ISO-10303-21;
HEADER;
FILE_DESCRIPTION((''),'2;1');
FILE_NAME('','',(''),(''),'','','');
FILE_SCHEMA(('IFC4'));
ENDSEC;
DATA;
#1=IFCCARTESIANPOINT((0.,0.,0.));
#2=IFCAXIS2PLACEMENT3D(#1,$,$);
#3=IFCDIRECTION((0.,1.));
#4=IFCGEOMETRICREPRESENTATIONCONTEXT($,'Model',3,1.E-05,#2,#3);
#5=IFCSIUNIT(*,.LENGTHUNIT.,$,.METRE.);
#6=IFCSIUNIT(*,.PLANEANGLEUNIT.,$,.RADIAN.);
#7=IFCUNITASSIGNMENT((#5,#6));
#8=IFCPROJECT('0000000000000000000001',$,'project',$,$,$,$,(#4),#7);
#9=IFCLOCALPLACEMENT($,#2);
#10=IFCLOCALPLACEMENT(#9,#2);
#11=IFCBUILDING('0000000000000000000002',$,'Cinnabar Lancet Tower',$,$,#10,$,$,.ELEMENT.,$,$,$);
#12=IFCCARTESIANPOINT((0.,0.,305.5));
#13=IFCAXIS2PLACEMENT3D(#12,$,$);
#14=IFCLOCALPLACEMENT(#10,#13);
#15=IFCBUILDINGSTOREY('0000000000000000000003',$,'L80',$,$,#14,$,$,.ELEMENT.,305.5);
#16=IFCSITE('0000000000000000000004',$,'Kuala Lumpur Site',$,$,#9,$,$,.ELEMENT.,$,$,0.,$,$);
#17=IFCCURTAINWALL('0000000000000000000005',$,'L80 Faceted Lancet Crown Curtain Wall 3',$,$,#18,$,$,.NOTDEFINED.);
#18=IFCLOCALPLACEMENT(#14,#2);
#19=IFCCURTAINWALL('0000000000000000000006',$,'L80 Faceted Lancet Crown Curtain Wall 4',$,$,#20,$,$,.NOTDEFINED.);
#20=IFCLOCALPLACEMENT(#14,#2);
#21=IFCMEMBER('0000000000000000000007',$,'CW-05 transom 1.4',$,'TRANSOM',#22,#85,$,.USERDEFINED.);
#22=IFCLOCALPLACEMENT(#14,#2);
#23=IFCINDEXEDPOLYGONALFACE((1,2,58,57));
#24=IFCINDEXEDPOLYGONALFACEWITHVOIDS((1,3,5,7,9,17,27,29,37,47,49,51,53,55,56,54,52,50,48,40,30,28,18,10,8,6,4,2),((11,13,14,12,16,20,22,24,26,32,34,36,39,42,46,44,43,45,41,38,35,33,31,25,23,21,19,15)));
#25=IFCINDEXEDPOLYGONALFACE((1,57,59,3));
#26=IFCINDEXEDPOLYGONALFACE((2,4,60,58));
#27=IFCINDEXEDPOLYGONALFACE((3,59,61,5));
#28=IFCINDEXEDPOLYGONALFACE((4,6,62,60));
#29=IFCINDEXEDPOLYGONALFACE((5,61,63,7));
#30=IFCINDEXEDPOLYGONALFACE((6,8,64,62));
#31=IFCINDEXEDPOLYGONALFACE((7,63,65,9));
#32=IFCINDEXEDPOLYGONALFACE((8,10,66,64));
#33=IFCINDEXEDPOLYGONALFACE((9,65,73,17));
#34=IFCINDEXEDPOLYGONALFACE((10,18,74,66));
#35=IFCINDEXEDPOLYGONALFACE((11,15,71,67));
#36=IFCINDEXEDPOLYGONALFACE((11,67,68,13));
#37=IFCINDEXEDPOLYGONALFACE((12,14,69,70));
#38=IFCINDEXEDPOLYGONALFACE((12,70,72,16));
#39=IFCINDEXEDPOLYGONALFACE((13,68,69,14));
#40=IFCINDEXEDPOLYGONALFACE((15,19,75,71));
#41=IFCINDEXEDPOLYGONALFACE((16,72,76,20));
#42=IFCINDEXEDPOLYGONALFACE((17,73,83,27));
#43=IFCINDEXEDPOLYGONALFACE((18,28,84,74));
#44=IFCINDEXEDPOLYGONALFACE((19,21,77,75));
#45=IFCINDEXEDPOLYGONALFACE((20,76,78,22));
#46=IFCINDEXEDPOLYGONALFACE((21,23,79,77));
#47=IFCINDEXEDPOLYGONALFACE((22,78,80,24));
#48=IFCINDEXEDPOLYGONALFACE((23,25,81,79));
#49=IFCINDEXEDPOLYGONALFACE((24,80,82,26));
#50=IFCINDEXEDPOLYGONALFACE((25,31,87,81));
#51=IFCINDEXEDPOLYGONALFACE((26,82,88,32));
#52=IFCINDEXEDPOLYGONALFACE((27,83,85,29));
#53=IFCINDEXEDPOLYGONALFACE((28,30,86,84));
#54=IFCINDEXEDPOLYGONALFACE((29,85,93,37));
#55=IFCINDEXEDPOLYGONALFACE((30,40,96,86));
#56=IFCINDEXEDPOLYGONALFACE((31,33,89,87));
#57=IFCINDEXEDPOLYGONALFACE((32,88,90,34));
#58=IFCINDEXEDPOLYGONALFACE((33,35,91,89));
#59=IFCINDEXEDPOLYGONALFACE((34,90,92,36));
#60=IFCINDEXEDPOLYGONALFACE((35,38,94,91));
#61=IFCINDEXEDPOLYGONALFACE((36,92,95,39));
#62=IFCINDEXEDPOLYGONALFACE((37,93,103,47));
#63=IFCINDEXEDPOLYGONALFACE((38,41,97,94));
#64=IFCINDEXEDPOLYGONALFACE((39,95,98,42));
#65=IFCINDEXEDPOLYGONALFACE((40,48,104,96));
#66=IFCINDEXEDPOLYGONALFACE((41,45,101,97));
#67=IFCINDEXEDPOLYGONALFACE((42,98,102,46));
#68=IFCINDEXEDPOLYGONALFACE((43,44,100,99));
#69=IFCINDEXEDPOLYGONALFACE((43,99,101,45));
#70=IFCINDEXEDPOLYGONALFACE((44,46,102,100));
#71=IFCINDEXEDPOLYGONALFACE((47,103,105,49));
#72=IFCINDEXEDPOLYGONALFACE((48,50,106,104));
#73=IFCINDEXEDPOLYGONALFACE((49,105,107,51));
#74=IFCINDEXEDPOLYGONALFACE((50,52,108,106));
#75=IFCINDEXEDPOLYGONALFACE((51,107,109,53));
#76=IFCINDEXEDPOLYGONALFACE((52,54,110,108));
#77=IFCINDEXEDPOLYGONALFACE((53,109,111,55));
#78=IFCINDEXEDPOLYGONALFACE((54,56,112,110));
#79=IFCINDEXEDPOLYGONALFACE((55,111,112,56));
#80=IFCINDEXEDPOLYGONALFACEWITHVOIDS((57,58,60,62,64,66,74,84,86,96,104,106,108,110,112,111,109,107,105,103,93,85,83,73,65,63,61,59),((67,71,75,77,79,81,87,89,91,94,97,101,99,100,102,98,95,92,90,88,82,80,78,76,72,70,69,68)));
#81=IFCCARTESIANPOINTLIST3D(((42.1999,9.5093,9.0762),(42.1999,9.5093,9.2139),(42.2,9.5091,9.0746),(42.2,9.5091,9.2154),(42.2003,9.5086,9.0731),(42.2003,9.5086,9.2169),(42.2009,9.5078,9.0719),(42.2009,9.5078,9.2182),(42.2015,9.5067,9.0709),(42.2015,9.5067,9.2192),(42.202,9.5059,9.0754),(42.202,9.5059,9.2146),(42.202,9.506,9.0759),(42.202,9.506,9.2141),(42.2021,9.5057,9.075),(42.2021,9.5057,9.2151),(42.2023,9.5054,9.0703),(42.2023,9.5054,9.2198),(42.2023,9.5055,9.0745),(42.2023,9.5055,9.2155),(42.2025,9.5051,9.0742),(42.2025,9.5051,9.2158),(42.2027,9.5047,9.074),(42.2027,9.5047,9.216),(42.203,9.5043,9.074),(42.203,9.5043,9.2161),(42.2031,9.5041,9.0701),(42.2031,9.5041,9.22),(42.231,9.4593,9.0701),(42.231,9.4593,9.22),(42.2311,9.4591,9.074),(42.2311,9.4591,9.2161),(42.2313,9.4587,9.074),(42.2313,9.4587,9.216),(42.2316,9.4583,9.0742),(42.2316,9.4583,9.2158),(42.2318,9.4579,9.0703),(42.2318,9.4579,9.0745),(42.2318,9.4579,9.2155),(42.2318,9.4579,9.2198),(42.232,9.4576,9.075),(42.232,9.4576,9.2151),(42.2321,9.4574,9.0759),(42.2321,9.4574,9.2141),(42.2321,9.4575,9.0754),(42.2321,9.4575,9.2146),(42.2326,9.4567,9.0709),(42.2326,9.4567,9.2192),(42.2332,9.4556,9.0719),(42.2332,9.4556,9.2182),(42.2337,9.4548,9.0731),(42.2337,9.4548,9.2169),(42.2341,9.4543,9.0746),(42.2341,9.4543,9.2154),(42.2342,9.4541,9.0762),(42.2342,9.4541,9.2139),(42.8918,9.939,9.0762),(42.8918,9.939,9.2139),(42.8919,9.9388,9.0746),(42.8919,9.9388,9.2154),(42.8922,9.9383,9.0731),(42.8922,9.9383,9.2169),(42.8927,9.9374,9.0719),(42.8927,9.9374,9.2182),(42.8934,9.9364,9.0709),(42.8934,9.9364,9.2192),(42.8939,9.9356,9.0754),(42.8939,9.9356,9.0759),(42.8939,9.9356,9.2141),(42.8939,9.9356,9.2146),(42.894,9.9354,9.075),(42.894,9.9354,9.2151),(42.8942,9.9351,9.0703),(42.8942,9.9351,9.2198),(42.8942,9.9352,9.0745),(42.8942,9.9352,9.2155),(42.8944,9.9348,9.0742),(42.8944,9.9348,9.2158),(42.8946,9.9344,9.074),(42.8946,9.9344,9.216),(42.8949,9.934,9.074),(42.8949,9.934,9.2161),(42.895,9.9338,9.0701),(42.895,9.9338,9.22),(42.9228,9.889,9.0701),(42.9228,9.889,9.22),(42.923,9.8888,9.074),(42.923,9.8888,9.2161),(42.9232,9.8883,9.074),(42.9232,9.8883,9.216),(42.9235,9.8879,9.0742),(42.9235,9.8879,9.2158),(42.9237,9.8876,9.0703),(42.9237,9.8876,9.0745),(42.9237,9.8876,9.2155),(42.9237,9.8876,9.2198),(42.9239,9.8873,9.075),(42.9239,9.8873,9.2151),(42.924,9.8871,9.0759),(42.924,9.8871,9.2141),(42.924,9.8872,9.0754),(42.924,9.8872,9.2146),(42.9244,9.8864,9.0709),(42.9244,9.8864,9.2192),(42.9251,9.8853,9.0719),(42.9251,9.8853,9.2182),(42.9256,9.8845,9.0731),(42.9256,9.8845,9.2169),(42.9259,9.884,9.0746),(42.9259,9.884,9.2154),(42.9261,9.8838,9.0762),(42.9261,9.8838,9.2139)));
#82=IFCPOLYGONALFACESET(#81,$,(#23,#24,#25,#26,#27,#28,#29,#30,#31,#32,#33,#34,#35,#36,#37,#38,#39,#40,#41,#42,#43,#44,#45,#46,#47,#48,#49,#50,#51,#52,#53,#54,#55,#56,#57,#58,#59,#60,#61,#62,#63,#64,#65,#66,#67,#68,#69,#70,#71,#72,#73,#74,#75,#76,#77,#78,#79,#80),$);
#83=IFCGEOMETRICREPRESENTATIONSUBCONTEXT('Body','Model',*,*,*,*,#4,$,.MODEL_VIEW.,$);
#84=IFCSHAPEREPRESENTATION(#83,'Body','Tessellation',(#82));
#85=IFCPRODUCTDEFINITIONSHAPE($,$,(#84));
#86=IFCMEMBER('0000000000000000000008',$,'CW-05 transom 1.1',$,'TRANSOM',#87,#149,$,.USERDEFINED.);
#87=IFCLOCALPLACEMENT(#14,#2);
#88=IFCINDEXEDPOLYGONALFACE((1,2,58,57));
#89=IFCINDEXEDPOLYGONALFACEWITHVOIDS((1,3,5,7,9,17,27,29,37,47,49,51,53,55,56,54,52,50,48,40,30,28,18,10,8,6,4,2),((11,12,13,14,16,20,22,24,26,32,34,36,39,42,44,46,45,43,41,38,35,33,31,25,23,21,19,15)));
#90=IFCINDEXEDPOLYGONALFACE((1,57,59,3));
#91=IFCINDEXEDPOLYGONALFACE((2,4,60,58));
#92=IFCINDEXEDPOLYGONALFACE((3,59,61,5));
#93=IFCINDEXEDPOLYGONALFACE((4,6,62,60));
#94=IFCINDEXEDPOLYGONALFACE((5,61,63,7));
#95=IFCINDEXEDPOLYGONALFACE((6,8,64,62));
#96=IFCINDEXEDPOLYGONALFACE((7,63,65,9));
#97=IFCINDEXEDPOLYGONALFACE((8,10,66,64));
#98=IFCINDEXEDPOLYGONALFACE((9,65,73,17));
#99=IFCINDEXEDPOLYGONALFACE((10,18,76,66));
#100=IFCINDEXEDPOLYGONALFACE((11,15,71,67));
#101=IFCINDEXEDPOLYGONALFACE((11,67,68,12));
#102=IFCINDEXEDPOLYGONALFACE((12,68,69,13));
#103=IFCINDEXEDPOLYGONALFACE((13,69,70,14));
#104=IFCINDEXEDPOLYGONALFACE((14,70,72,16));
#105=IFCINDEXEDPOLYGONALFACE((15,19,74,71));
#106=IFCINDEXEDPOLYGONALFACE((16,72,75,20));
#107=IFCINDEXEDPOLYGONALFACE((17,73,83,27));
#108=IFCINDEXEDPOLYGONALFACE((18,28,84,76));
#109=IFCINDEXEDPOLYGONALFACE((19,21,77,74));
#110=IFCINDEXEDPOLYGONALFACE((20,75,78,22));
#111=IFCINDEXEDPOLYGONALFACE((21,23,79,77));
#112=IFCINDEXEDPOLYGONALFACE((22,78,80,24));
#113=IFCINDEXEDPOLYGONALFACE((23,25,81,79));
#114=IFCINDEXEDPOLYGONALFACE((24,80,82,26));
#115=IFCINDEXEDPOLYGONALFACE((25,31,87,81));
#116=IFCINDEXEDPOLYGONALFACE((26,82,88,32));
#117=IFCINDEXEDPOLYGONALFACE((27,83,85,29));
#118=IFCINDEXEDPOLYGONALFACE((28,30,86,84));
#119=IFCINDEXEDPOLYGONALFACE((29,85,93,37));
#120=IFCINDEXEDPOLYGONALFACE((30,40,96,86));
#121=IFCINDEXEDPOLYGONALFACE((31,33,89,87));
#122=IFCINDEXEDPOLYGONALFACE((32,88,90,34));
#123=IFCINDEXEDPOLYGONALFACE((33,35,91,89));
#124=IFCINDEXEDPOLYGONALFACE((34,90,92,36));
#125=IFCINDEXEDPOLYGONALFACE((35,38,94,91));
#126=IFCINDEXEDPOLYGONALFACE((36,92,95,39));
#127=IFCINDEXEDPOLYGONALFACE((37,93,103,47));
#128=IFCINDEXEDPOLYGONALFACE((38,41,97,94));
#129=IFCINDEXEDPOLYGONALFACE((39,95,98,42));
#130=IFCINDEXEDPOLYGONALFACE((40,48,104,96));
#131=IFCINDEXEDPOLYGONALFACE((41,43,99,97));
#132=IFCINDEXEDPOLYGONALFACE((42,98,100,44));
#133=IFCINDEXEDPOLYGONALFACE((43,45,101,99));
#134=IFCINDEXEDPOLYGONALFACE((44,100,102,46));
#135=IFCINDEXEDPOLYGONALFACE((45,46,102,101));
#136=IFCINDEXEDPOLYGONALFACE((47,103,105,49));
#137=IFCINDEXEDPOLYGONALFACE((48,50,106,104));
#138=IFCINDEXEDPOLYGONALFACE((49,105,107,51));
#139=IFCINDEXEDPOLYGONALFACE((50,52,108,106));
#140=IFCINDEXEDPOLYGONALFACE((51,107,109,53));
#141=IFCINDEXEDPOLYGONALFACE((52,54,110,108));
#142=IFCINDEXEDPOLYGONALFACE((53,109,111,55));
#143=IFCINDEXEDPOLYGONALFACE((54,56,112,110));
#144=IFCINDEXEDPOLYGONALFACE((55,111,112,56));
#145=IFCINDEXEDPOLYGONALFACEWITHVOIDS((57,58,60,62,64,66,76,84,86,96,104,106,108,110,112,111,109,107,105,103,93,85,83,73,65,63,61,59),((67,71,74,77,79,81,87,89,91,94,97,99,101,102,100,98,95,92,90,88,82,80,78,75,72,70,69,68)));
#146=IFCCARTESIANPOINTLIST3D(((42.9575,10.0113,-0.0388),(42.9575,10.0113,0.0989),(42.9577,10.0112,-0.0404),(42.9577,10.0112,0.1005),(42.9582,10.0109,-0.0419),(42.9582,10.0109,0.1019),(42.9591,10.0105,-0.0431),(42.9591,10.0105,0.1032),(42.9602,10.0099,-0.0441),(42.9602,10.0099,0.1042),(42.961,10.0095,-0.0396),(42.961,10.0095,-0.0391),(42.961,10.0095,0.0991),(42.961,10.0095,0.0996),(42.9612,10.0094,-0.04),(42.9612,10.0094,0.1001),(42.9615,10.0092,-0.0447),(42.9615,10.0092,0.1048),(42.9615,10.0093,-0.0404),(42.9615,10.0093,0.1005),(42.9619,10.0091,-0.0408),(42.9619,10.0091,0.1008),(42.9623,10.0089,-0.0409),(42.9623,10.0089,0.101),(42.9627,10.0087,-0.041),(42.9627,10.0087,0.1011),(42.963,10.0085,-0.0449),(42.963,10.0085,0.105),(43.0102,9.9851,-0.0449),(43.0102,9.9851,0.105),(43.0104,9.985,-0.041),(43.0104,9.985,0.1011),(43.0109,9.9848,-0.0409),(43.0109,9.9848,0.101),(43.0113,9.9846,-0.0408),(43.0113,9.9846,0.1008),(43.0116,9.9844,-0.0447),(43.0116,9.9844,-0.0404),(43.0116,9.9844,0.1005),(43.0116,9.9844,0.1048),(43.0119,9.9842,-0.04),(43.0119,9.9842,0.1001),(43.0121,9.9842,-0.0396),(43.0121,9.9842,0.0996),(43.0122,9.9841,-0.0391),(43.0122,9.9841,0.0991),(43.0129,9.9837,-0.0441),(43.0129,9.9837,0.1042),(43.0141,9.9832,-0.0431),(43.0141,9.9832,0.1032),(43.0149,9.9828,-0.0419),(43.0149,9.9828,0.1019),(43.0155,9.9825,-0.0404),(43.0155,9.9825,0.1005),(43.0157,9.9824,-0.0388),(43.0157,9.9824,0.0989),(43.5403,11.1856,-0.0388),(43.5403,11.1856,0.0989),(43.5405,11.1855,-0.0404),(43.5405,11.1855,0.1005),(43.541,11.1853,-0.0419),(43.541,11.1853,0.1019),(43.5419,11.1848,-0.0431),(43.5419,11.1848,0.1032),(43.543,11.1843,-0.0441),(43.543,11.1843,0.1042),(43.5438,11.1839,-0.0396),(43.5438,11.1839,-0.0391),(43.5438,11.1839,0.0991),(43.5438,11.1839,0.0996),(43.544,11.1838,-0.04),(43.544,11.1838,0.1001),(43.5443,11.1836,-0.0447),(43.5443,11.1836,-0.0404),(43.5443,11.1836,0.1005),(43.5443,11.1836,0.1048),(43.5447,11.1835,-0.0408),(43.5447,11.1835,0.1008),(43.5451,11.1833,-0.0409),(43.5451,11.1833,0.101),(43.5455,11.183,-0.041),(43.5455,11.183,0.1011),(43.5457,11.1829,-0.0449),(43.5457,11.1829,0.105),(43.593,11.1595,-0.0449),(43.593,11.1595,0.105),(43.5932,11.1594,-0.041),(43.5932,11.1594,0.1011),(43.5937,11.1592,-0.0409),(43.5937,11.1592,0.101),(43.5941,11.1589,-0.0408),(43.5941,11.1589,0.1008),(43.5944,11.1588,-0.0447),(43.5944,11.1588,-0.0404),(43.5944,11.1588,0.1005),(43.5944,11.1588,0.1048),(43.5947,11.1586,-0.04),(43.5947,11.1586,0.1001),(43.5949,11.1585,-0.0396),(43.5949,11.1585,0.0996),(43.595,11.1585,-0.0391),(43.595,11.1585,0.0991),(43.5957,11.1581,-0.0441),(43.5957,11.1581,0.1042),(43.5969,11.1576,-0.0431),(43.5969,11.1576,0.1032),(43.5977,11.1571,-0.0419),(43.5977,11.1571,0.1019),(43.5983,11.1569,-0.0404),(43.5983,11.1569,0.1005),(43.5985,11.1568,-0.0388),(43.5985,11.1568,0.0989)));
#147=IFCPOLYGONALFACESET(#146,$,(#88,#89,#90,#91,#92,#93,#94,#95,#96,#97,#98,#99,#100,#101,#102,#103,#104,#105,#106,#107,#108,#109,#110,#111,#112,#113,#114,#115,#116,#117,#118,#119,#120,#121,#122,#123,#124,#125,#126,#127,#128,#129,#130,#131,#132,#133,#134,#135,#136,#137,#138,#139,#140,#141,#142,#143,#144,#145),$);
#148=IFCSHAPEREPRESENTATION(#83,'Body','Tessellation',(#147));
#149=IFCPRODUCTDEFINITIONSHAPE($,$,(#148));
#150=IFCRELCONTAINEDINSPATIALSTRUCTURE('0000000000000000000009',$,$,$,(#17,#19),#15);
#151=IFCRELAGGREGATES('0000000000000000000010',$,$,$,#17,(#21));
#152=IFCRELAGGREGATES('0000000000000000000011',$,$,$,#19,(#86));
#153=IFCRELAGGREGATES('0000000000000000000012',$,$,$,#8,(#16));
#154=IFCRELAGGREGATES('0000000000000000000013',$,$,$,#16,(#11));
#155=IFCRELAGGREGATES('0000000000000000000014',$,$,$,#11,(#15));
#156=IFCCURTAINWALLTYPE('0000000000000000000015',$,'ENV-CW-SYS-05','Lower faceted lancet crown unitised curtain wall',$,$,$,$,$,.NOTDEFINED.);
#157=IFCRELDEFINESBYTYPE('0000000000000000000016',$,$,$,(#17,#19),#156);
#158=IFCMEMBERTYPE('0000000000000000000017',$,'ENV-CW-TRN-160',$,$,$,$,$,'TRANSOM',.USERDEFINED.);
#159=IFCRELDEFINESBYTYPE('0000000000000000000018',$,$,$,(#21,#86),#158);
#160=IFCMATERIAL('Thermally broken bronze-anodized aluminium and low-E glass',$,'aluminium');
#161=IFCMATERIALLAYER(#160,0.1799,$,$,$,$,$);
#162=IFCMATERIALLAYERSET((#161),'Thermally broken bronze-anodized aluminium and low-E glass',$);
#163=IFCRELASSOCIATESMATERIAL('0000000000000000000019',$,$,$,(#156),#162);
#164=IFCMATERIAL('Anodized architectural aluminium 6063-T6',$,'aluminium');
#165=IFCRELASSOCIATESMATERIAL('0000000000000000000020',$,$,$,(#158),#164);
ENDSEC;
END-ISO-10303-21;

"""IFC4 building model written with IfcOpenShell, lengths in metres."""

from ifc_helpers import new_model, si_unit, direction, frame, origin, origin_2d, place, context, subcontext, project, spatial, hollow_rectangle, extrude, material, layer, layer_set, material_profile, profile_set, type_object, element, aggregate, save


model = new_model("IFC4")

# Units and contexts
model_context = context("Model", 3, precision=1e-05, world=origin(), true_north=direction((0.0, 1.0)))
body_context = subcontext(model_context, "Body", "Model", "MODEL_VIEW")
ifc_project = project(units=[si_unit("LENGTHUNIT", "METRE"), si_unit("PLANEANGLEUNIT", "RADIAN")], contexts=[model_context])

# Site, building, storey
site_placement = place(None, origin())
site = spatial("IfcSite", under=ifc_project, at=site_placement, Name="Kuala Lumpur Site", CompositionType="ELEMENT", RefElevation=0.0)
building_placement = place(site_placement, origin())
building = spatial("IfcBuilding", under=site, at=building_placement, Name="Cinnabar Lancet Tower", CompositionType="ELEMENT")
storey_placement = place(building_placement, frame((0.0, 0.0, 305.5)))
storey = spatial("IfcBuildingStorey", under=building, at=storey_placement, Name="L80", CompositionType="ELEMENT", Elevation=305.5)

# Curtain wall
ifc_material_1 = material(Name="Thermally broken bronze-anodized aluminium and low-E glass", Category="aluminium")
ifc_layer_1 = layer(ifc_material_1, 0.1799)
ifc_layer_set_1 = layer_set([ifc_layer_1], Name="Thermally broken bronze-anodized aluminium and low-E glass")
curtain_wall_type = type_object("IfcCurtainWallType", Name="ENV-CW-SYS-05", Description="Lower faceted lancet crown unitised curtain wall", PredefinedType="NOTDEFINED", material=ifc_layer_set_1)
curtain_wall_1_placement = place(storey_placement, origin())
curtain_wall_1 = element("IfcCurtainWall", 1, at=curtain_wall_1_placement, inside=storey, type_object=curtain_wall_type, Name="L80 Faceted Lancet Crown Curtain Wall 3", PredefinedType="NOTDEFINED")

# Curtain wall
curtain_wall_2_placement = place(storey_placement, origin())
curtain_wall_2 = element("IfcCurtainWall", 2, at=curtain_wall_2_placement, inside=storey, type_object=curtain_wall_type, Name="L80 Faceted Lancet Crown Curtain Wall 4", PredefinedType="NOTDEFINED")

# Members
ifc_material_2 = material(Name="Anodized architectural aluminium 6063-T6", Category="aluminium")
ifc_material_profile_1 = material_profile(ifc_material_2, hollow_rectangle(XDim=0.0649, YDim=0.1499, WallThickness=0.0039, InnerFilletRadius=0.002, OuterFilletRadius=0.0061, at=origin_2d()), Name="CW-TRN 150x65x4")
ifc_profile_set_1 = profile_set([ifc_material_profile_1], Name="Anodized architectural aluminium 6063-T6")
member_type_1 = type_object("IfcMemberType", Name="ENV-CW-TRN-160", ElementType="TRANSOM", PredefinedType="USERDEFINED", material=ifc_profile_set_1)
member_1_placement = place(storey_placement, frame((42.217, 9.4817, 9.145), z_axis=(0.84951, 0.527572, 0.0), x_axis=(-0.527572, 0.84951, 0.0)))
member_1 = element("IfcMember", 3, at=member_1_placement, type_object=member_type_1, Name="CW-05 transom 1.4", ObjectType="TRANSOM", PredefinedType="USERDEFINED", context=body_context, shape_type="SweptSolid", body=[
    extrude(hollow_rectangle(XDim=0.0649, YDim=0.1499, WallThickness=0.0039, InnerFilletRadius=0.002, OuterFilletRadius=0.0061, at=origin_2d()), origin(), (0.0, 0.0, 1.0), 0.8145),
])
member_2_placement = place(storey_placement, frame((42.9866, 9.9968, 0.03), z_axis=(0.44453, 0.895764, 0.0), x_axis=(-0.895764, 0.44453, 0.0)))
member_2 = element("IfcMember", 4, at=member_2_placement, type_object=member_type_1, Name="CW-05 transom 1.1", ObjectType="TRANSOM", PredefinedType="USERDEFINED", context=body_context, shape_type="SweptSolid", body=[
    extrude(hollow_rectangle(XDim=0.0649, YDim=0.1499, WallThickness=0.0039, InnerFilletRadius=0.002, OuterFilletRadius=0.0061, at=origin_2d()), origin(), (0.0, 0.0, 1.0), 1.311),
])

aggregate(curtain_wall_1, [member_1])
aggregate(curtain_wall_2, [member_2])

save(model, "model.ifc")
